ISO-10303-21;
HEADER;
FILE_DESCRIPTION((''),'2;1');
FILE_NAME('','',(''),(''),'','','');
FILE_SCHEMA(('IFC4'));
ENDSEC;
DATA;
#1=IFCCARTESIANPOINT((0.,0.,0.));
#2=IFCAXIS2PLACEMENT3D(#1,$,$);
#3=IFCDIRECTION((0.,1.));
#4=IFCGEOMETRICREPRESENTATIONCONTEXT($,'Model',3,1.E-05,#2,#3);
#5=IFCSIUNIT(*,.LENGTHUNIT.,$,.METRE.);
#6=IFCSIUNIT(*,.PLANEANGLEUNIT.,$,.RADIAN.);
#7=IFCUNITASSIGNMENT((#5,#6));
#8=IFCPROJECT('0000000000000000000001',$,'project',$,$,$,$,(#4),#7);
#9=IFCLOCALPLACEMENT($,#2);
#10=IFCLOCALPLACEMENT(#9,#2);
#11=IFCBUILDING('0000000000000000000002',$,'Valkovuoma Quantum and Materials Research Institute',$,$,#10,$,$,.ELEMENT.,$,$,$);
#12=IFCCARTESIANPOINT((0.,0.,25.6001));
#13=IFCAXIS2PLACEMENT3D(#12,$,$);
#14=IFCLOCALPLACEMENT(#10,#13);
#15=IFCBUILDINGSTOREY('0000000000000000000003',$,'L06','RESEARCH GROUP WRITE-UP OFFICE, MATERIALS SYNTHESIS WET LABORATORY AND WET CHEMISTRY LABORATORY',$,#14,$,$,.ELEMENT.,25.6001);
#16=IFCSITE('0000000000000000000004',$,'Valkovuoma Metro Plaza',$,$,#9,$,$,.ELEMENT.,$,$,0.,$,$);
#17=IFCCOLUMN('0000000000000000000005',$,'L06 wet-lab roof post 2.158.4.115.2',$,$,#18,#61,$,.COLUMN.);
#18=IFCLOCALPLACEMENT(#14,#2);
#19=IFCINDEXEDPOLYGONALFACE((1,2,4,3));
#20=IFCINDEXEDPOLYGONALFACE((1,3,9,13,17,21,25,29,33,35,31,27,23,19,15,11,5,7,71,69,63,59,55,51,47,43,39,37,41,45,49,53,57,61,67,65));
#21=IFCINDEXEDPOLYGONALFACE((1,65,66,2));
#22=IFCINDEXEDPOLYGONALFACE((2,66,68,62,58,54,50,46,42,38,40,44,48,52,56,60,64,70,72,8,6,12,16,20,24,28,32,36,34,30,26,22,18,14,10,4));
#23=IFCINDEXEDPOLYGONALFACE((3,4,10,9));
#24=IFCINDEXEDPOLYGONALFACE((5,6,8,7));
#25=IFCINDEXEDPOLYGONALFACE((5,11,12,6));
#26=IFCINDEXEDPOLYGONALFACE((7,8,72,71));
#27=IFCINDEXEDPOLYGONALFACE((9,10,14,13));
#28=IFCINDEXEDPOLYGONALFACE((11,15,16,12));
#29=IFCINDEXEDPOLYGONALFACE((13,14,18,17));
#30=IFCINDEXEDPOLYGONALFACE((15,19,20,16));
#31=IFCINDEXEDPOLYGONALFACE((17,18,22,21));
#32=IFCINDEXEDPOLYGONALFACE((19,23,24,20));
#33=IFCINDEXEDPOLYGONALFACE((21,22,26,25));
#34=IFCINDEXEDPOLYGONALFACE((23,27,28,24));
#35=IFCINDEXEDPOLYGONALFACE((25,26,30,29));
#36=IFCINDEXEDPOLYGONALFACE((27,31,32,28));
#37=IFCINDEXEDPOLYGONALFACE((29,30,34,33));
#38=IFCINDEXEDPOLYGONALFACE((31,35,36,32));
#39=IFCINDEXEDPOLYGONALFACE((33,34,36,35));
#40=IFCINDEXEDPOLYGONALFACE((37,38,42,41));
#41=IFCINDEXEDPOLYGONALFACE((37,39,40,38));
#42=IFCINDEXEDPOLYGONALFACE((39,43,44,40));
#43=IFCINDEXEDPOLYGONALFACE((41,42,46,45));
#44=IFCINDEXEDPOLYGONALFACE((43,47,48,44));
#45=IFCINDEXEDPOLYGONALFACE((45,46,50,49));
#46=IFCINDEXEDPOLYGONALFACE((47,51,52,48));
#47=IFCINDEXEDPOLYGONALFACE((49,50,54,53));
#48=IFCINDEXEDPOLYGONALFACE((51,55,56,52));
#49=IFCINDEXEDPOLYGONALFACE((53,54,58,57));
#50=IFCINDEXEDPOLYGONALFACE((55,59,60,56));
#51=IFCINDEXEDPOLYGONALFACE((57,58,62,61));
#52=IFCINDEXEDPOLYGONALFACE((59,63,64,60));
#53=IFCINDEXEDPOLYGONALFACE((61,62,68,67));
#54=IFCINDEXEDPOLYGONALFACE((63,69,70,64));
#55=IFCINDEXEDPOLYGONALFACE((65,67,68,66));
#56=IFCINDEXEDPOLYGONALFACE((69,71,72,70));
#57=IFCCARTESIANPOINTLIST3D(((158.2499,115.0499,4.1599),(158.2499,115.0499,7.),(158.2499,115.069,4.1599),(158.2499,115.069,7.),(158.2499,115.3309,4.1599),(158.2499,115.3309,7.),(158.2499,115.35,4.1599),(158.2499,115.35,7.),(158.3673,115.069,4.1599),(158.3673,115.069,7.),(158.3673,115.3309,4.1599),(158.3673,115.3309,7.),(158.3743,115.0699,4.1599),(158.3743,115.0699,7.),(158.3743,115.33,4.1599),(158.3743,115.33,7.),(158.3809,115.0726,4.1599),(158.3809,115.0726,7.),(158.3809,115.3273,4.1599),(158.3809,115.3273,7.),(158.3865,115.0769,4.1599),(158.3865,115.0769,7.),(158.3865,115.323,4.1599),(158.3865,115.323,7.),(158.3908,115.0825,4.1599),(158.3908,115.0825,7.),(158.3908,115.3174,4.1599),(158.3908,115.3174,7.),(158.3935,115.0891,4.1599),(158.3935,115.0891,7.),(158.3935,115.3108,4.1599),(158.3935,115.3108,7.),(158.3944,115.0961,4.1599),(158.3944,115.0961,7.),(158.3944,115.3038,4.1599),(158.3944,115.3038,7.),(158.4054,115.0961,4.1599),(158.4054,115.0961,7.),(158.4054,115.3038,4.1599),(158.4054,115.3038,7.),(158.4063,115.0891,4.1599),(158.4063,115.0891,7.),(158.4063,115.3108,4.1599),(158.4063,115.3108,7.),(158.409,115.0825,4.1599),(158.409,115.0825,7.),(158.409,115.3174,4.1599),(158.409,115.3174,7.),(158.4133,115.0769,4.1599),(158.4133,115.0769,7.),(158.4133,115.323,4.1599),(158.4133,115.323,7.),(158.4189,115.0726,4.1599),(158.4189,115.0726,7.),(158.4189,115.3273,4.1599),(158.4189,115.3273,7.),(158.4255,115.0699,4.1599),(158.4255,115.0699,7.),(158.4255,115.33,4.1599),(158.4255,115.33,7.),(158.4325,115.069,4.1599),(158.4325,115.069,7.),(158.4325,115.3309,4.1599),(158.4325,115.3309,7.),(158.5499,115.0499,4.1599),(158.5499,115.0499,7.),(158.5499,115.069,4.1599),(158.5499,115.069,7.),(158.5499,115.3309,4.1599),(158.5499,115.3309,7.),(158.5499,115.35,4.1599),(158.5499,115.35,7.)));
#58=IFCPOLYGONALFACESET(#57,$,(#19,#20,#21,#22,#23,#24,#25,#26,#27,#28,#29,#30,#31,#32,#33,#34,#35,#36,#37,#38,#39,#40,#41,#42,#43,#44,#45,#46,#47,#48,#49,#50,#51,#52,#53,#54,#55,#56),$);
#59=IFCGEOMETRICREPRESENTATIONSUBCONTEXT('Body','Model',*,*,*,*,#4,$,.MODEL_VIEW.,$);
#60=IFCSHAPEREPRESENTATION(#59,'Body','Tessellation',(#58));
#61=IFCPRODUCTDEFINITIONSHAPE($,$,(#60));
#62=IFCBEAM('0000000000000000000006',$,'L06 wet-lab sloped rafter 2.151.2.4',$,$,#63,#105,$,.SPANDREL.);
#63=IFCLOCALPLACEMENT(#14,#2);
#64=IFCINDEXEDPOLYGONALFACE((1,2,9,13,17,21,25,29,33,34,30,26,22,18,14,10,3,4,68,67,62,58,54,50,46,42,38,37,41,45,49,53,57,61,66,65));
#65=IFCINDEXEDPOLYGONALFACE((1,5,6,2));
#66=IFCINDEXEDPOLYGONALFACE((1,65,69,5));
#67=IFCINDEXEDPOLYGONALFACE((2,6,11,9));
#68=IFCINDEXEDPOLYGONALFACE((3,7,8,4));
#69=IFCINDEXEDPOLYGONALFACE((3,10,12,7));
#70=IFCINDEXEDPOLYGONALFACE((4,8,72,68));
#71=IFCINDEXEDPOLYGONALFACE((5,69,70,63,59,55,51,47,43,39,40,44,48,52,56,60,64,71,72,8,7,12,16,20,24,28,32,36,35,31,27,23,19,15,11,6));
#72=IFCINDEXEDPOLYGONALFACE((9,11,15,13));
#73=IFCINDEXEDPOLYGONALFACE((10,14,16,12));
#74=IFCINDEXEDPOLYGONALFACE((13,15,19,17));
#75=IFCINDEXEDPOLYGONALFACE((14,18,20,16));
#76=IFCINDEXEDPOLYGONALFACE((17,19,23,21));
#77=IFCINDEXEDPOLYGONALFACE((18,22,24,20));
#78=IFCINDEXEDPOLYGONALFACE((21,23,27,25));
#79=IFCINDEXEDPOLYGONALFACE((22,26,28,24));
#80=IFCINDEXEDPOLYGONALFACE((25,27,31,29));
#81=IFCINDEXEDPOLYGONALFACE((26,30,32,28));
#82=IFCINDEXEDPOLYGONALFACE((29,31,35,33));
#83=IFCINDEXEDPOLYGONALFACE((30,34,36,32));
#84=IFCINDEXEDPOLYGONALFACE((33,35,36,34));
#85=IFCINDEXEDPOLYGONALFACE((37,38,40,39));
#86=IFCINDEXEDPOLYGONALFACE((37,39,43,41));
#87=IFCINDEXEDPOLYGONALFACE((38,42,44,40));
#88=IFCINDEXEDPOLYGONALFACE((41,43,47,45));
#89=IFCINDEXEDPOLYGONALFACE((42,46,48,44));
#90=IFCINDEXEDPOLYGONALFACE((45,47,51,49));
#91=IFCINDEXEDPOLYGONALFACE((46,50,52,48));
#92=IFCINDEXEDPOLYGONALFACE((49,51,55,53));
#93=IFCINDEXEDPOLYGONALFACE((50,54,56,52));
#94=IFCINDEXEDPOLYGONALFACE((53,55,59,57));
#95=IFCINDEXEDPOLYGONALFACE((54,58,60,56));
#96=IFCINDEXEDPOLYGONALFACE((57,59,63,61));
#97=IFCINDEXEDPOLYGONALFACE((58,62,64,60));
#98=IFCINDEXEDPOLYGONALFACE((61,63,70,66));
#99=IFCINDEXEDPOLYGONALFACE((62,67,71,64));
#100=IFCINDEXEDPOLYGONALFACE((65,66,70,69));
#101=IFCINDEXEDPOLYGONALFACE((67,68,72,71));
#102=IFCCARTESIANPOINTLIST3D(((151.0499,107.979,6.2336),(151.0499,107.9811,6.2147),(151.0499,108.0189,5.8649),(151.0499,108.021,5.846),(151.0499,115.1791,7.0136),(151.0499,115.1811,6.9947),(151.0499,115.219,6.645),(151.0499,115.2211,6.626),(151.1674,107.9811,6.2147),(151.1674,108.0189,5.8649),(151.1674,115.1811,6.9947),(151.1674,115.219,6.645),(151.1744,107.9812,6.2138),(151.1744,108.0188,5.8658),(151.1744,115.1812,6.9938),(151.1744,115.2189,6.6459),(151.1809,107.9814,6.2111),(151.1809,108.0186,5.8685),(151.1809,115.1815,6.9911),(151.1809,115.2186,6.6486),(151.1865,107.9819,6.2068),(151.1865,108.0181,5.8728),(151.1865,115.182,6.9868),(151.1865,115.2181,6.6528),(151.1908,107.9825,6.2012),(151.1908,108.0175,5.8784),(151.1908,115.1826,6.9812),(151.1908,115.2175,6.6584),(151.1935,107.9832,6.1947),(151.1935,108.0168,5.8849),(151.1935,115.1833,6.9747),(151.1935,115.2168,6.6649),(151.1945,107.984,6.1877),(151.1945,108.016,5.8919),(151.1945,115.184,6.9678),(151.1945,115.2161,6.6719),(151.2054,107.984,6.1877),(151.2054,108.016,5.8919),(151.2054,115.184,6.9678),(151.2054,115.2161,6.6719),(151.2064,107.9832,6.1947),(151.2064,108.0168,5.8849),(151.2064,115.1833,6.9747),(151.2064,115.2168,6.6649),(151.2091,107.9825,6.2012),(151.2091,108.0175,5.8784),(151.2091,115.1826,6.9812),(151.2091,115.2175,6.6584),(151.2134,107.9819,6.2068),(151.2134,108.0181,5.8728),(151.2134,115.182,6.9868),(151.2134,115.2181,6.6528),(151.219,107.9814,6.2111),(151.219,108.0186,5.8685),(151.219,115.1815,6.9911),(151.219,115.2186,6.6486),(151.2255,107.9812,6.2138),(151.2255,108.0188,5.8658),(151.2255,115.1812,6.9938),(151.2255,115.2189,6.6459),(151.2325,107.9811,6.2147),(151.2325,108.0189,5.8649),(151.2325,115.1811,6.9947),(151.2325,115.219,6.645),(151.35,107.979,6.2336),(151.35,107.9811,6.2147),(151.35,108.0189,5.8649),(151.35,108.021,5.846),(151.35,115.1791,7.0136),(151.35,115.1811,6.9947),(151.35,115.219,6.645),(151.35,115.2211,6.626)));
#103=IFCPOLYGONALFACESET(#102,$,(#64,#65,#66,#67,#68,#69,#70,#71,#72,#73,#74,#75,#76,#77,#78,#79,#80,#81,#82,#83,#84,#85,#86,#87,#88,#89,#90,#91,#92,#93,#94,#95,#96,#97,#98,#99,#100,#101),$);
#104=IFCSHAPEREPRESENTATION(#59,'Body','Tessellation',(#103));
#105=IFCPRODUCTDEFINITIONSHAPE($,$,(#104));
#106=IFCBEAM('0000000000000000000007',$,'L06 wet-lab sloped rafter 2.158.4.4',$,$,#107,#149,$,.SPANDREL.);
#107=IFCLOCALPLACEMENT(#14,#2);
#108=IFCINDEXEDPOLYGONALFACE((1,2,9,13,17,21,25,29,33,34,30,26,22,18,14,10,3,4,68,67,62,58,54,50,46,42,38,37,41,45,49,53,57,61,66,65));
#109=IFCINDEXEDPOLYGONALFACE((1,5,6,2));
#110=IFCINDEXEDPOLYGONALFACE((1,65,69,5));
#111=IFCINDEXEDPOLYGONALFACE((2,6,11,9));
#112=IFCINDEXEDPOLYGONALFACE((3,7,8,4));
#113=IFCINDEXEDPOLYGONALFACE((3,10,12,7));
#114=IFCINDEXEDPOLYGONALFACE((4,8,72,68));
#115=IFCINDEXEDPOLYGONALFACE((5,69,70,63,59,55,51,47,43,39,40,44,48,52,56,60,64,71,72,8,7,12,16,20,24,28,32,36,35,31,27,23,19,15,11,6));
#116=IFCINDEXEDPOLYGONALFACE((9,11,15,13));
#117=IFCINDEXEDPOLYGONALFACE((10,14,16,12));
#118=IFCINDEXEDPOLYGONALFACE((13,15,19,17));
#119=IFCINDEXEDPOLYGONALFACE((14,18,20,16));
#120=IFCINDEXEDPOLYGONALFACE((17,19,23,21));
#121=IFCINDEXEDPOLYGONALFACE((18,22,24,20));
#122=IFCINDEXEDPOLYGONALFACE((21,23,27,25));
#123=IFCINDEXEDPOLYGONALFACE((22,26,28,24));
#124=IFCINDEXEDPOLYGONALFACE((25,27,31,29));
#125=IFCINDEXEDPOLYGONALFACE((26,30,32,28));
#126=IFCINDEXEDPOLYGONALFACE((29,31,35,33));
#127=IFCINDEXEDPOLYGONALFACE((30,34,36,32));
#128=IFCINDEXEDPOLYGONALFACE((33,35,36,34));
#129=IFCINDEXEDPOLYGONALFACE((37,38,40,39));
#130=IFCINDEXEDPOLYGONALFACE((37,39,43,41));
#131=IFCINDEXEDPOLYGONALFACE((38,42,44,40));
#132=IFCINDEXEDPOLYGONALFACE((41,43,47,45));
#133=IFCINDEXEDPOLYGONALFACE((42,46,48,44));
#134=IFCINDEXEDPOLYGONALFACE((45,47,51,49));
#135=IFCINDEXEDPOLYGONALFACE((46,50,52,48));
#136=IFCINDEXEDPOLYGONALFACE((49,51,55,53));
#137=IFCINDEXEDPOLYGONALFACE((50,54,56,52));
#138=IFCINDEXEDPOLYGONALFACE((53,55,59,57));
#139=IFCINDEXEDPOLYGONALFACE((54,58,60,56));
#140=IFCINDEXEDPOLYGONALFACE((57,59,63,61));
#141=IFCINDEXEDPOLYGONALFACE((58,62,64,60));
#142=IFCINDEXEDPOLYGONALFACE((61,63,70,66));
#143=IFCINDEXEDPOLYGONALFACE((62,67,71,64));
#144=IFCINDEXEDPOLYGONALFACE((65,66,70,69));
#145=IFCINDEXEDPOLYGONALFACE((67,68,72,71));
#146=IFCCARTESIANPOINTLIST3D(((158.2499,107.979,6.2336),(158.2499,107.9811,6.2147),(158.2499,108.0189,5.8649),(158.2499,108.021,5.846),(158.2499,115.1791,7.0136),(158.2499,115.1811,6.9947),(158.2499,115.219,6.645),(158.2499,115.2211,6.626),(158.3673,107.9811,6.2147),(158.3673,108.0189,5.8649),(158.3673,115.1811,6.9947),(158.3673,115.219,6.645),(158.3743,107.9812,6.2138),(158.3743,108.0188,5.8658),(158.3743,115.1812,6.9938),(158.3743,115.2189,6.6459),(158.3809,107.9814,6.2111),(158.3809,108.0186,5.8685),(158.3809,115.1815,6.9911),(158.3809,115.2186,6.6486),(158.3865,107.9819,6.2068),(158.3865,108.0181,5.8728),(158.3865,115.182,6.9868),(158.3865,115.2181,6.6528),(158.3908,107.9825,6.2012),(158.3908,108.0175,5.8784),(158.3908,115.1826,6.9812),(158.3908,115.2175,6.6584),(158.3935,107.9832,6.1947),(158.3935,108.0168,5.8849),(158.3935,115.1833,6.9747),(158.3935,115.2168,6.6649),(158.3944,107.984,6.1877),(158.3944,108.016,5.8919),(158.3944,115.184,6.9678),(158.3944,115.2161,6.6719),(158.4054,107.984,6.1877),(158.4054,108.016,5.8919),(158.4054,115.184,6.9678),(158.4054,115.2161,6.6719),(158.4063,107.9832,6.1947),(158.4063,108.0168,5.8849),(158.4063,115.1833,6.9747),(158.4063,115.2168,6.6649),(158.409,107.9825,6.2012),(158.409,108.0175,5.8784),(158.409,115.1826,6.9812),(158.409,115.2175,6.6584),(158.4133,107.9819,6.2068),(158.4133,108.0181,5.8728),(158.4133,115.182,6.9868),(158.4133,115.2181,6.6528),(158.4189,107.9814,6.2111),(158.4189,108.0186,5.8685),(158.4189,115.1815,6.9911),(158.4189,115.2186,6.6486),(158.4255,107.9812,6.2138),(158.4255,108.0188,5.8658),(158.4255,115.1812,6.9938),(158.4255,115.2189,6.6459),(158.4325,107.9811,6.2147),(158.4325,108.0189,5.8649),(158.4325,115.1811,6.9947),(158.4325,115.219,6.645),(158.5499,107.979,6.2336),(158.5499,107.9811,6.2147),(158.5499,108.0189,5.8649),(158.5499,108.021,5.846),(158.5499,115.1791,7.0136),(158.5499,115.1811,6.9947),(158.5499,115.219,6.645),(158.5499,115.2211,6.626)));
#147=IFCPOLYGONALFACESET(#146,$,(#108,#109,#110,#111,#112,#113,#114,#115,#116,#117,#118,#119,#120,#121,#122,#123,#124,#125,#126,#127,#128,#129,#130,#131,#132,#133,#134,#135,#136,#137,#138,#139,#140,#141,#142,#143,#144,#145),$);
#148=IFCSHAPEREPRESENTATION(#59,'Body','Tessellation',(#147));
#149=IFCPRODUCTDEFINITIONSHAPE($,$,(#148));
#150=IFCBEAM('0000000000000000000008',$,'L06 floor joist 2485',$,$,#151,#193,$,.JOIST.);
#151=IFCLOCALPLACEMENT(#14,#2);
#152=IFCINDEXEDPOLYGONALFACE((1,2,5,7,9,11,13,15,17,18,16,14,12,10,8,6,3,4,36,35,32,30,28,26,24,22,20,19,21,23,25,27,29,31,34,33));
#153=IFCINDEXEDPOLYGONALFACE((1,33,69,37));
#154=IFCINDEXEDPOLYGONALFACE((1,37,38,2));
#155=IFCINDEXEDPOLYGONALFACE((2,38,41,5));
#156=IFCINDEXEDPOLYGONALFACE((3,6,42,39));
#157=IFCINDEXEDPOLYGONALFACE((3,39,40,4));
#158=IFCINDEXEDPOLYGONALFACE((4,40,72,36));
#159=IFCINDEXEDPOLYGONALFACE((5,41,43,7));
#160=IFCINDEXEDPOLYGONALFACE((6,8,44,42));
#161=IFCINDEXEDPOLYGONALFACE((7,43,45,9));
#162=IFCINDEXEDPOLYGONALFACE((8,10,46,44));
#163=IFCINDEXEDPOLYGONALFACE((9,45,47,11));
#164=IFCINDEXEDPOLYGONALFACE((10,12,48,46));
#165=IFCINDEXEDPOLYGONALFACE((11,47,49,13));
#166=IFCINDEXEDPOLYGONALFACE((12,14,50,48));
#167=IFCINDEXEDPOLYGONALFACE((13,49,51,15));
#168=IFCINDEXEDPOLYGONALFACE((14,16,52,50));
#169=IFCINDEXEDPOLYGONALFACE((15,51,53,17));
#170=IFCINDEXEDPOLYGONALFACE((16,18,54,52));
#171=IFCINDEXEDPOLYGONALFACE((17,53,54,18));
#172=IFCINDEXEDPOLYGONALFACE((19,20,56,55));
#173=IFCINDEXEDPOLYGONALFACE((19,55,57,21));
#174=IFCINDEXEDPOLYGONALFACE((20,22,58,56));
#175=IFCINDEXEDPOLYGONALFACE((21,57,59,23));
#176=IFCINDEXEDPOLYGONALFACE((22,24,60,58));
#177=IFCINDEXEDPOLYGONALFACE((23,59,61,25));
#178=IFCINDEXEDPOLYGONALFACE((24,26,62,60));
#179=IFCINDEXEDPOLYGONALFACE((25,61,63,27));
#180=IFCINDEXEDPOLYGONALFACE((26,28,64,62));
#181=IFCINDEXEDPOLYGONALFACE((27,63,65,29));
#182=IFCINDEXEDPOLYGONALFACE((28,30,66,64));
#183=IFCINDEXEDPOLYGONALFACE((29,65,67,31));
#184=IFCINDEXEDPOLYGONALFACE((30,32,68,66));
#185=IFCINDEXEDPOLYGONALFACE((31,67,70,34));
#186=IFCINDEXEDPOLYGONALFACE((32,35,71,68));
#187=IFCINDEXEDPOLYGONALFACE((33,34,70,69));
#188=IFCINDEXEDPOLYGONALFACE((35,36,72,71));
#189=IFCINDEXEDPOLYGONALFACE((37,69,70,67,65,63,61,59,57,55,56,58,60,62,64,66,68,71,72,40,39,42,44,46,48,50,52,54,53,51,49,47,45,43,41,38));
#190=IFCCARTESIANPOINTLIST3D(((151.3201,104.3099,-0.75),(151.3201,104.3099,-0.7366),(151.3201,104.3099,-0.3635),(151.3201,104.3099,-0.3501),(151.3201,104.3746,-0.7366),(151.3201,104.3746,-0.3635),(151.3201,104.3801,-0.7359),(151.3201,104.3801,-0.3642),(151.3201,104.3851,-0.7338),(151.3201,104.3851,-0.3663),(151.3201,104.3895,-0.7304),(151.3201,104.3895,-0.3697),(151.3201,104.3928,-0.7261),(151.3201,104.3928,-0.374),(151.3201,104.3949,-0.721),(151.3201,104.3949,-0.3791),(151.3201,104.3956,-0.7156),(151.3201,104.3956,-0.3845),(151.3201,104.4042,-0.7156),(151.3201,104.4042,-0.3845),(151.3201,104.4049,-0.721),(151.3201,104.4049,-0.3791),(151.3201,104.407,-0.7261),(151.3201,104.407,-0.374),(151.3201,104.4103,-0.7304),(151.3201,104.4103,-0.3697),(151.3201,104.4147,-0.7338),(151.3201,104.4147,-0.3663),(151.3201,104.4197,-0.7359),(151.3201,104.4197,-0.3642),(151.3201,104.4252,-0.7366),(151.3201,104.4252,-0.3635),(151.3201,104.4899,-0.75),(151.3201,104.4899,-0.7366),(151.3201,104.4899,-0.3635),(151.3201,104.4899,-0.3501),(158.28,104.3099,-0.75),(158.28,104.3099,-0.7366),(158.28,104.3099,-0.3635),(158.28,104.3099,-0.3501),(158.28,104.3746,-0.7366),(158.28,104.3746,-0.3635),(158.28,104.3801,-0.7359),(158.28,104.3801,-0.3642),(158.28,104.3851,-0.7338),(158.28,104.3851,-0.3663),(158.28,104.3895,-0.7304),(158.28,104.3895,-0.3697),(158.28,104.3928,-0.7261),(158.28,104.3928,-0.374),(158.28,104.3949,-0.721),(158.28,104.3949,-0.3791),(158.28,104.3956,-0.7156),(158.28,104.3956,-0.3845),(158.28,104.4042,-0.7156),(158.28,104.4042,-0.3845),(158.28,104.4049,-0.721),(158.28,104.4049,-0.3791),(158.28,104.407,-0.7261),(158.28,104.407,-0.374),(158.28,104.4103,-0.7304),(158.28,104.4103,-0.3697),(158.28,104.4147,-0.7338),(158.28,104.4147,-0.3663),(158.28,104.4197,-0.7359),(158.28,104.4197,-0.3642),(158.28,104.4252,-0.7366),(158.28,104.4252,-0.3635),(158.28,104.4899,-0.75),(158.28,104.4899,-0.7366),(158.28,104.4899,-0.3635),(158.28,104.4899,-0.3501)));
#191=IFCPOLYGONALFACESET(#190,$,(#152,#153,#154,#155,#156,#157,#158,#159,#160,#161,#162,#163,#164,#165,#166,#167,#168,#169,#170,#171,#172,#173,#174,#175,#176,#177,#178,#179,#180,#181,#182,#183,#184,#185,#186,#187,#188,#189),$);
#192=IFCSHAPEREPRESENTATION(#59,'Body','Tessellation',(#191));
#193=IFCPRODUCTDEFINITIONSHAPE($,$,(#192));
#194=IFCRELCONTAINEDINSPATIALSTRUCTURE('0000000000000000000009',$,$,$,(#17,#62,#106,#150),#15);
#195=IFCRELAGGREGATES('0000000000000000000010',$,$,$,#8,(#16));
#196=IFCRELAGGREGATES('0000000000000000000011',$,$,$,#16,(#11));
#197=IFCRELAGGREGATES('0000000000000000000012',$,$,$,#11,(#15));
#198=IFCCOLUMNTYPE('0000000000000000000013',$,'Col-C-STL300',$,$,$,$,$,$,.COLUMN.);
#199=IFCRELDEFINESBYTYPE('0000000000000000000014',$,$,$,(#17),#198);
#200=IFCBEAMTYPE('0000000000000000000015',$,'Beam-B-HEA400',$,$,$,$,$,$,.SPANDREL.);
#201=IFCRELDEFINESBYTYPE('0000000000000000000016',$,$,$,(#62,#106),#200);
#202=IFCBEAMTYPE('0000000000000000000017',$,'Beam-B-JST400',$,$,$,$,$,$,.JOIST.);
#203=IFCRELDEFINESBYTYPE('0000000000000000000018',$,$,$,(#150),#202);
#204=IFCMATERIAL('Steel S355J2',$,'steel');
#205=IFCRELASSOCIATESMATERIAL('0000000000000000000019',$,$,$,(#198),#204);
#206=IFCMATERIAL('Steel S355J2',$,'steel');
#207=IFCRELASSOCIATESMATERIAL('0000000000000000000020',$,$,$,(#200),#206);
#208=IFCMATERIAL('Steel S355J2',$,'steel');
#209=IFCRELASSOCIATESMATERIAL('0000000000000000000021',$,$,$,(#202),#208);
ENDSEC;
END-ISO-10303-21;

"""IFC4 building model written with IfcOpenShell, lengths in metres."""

from ifc_helpers import new_model, si_unit, direction, frame, origin, origin_2d, place, context, subcontext, project, spatial, i_section, extrude, material, material_profile, profile_set, type_object, element, save


model = new_model("IFC4")

# Units and contexts
model_context = context("Model", 3, precision=1e-05, world=origin(), true_north=direction((0.0, 1.0)))
body_context = subcontext(model_context, "Body", "Model", "MODEL_VIEW")
ifc_project = project(units=[si_unit("LENGTHUNIT", "METRE"), si_unit("PLANEANGLEUNIT", "RADIAN")], contexts=[model_context])

# Site, building, storey
site_placement = place(None, origin())
site = spatial("IfcSite", under=ifc_project, at=site_placement, Name="Valkovuoma Metro Plaza", CompositionType="ELEMENT", RefElevation=0.0)
building_placement = place(site_placement, origin())
building = spatial("IfcBuilding", under=site, at=building_placement, Name="Valkovuoma Quantum and Materials Research Institute", CompositionType="ELEMENT")
storey_placement = place(building_placement, frame((0.0, 0.0, 25.6001)))
storey = spatial("IfcBuildingStorey", under=building, at=storey_placement, Name="L06", Description="RESEARCH GROUP WRITE-UP OFFICE, MATERIALS SYNTHESIS WET LABORATORY AND WET CHEMISTRY LABORATORY", CompositionType="ELEMENT", Elevation=25.6001)

# Column
ifc_material_1 = material(Name="Steel S355J2", Category="steel")
ifc_material_profile_1 = material_profile(ifc_material_1, i_section(OverallWidth=0.3, OverallDepth=0.3, WebThickness=0.011, FlangeThickness=0.019, FilletRadius=0.0271, at=origin_2d()), Name="Steel S355J2")
ifc_profile_set_1 = profile_set([ifc_material_profile_1], Name="Steel S355J2")
column_type_1 = type_object("IfcColumnType", Name="Col-C-STL300", PredefinedType="COLUMN", material=ifc_profile_set_1)
column_1_placement = place(storey_placement, frame((158.3999, 115.2, 4.1599), z_axis=(0.0, 0.0, 1.0), x_axis=(1.0, 0.0, 0.0)))
element("IfcColumn", 1, at=column_1_placement, inside=storey, type_object=column_type_1, Name="L06 wet-lab roof post 2.158.4.115.2", PredefinedType="COLUMN", context=body_context, shape_type="SweptSolid", body=[
    extrude(i_section(OverallWidth=0.3, OverallDepth=0.3, WebThickness=0.011, FlangeThickness=0.019, FilletRadius=0.0271, at=origin_2d()), origin(), (0.0, 0.0, 1.0), 2.8401),
])

# Beams
ifc_material_2 = material(Name="Steel S355J2", Category="steel")
ifc_material_profile_2 = material_profile(ifc_material_2, i_section(OverallWidth=0.3, OverallDepth=0.3899, WebThickness=0.011, FlangeThickness=0.019, FilletRadius=0.0271, at=origin_2d()), Name="Steel S355J2")
ifc_profile_set_2 = profile_set([ifc_material_profile_2], Name="Steel S355J2")
beam_type_1 = type_object("IfcBeamType", Name="Beam-B-HEA400", PredefinedType="SPANDREL", material=ifc_profile_set_2)
for number, where, z_axis, x_axis, name in (
    (2, (151.2, 108.0, 6.0398), (0.0, 0.994183, 0.107708), (-1.0, 0.0, 0.0), "L06 wet-lab sloped rafter 2.151.2.4"),
    (3, (158.3999, 108.0, 6.0398), (0.0, 0.994183, 0.107708), (-1.0, 0.0, 0.0), "L06 wet-lab sloped rafter 2.158.4.4"),
):
    element("IfcBeam", number, at=place(storey_placement, frame(where, z_axis=z_axis, x_axis=x_axis)), inside=storey, type_object=beam_type_1, Name=name, PredefinedType="SPANDREL", context=body_context, shape_type="SweptSolid", body=[
        extrude(i_section(OverallWidth=0.3, OverallDepth=0.3899, WebThickness=0.011, FlangeThickness=0.019, FilletRadius=0.0271, at=origin_2d()), origin(), (0.0, 0.0, 1.0), 7.2422),
    ])
ifc_material_3 = material(Name="Steel S355J2", Category="steel")
ifc_material_profile_3 = material_profile(ifc_material_3, i_section(OverallWidth=0.1799, OverallDepth=0.3999, WebThickness=0.0085, FlangeThickness=0.0134, FilletRadius=0.021, at=origin_2d()), Name="Steel S355J2")
ifc_profile_set_3 = profile_set([ifc_material_profile_3], Name="Steel S355J2")
beam_type_2 = type_object("IfcBeamType", Name="Beam-B-JST400", PredefinedType="JOIST", material=ifc_profile_set_3)
for number, where, z_axis, x_axis, name in (
    (4, (151.3201, 104.3999, -0.55), (1.0, 0.0, 0.0), (0.0, 1.0, 0.0), "L06 floor joist 2485"),
):
    element("IfcBeam", number, at=place(storey_placement, frame(where, z_axis=z_axis, x_axis=x_axis)), inside=storey, type_object=beam_type_2, Name=name, PredefinedType="JOIST", context=body_context, shape_type="SweptSolid", body=[
        extrude(i_section(OverallWidth=0.1799, OverallDepth=0.3999, WebThickness=0.0085, FlangeThickness=0.0134, FilletRadius=0.021, at=origin_2d()), origin(), (0.0, 0.0, 1.0), 6.96),
    ])

save(model, "model.ifc")
